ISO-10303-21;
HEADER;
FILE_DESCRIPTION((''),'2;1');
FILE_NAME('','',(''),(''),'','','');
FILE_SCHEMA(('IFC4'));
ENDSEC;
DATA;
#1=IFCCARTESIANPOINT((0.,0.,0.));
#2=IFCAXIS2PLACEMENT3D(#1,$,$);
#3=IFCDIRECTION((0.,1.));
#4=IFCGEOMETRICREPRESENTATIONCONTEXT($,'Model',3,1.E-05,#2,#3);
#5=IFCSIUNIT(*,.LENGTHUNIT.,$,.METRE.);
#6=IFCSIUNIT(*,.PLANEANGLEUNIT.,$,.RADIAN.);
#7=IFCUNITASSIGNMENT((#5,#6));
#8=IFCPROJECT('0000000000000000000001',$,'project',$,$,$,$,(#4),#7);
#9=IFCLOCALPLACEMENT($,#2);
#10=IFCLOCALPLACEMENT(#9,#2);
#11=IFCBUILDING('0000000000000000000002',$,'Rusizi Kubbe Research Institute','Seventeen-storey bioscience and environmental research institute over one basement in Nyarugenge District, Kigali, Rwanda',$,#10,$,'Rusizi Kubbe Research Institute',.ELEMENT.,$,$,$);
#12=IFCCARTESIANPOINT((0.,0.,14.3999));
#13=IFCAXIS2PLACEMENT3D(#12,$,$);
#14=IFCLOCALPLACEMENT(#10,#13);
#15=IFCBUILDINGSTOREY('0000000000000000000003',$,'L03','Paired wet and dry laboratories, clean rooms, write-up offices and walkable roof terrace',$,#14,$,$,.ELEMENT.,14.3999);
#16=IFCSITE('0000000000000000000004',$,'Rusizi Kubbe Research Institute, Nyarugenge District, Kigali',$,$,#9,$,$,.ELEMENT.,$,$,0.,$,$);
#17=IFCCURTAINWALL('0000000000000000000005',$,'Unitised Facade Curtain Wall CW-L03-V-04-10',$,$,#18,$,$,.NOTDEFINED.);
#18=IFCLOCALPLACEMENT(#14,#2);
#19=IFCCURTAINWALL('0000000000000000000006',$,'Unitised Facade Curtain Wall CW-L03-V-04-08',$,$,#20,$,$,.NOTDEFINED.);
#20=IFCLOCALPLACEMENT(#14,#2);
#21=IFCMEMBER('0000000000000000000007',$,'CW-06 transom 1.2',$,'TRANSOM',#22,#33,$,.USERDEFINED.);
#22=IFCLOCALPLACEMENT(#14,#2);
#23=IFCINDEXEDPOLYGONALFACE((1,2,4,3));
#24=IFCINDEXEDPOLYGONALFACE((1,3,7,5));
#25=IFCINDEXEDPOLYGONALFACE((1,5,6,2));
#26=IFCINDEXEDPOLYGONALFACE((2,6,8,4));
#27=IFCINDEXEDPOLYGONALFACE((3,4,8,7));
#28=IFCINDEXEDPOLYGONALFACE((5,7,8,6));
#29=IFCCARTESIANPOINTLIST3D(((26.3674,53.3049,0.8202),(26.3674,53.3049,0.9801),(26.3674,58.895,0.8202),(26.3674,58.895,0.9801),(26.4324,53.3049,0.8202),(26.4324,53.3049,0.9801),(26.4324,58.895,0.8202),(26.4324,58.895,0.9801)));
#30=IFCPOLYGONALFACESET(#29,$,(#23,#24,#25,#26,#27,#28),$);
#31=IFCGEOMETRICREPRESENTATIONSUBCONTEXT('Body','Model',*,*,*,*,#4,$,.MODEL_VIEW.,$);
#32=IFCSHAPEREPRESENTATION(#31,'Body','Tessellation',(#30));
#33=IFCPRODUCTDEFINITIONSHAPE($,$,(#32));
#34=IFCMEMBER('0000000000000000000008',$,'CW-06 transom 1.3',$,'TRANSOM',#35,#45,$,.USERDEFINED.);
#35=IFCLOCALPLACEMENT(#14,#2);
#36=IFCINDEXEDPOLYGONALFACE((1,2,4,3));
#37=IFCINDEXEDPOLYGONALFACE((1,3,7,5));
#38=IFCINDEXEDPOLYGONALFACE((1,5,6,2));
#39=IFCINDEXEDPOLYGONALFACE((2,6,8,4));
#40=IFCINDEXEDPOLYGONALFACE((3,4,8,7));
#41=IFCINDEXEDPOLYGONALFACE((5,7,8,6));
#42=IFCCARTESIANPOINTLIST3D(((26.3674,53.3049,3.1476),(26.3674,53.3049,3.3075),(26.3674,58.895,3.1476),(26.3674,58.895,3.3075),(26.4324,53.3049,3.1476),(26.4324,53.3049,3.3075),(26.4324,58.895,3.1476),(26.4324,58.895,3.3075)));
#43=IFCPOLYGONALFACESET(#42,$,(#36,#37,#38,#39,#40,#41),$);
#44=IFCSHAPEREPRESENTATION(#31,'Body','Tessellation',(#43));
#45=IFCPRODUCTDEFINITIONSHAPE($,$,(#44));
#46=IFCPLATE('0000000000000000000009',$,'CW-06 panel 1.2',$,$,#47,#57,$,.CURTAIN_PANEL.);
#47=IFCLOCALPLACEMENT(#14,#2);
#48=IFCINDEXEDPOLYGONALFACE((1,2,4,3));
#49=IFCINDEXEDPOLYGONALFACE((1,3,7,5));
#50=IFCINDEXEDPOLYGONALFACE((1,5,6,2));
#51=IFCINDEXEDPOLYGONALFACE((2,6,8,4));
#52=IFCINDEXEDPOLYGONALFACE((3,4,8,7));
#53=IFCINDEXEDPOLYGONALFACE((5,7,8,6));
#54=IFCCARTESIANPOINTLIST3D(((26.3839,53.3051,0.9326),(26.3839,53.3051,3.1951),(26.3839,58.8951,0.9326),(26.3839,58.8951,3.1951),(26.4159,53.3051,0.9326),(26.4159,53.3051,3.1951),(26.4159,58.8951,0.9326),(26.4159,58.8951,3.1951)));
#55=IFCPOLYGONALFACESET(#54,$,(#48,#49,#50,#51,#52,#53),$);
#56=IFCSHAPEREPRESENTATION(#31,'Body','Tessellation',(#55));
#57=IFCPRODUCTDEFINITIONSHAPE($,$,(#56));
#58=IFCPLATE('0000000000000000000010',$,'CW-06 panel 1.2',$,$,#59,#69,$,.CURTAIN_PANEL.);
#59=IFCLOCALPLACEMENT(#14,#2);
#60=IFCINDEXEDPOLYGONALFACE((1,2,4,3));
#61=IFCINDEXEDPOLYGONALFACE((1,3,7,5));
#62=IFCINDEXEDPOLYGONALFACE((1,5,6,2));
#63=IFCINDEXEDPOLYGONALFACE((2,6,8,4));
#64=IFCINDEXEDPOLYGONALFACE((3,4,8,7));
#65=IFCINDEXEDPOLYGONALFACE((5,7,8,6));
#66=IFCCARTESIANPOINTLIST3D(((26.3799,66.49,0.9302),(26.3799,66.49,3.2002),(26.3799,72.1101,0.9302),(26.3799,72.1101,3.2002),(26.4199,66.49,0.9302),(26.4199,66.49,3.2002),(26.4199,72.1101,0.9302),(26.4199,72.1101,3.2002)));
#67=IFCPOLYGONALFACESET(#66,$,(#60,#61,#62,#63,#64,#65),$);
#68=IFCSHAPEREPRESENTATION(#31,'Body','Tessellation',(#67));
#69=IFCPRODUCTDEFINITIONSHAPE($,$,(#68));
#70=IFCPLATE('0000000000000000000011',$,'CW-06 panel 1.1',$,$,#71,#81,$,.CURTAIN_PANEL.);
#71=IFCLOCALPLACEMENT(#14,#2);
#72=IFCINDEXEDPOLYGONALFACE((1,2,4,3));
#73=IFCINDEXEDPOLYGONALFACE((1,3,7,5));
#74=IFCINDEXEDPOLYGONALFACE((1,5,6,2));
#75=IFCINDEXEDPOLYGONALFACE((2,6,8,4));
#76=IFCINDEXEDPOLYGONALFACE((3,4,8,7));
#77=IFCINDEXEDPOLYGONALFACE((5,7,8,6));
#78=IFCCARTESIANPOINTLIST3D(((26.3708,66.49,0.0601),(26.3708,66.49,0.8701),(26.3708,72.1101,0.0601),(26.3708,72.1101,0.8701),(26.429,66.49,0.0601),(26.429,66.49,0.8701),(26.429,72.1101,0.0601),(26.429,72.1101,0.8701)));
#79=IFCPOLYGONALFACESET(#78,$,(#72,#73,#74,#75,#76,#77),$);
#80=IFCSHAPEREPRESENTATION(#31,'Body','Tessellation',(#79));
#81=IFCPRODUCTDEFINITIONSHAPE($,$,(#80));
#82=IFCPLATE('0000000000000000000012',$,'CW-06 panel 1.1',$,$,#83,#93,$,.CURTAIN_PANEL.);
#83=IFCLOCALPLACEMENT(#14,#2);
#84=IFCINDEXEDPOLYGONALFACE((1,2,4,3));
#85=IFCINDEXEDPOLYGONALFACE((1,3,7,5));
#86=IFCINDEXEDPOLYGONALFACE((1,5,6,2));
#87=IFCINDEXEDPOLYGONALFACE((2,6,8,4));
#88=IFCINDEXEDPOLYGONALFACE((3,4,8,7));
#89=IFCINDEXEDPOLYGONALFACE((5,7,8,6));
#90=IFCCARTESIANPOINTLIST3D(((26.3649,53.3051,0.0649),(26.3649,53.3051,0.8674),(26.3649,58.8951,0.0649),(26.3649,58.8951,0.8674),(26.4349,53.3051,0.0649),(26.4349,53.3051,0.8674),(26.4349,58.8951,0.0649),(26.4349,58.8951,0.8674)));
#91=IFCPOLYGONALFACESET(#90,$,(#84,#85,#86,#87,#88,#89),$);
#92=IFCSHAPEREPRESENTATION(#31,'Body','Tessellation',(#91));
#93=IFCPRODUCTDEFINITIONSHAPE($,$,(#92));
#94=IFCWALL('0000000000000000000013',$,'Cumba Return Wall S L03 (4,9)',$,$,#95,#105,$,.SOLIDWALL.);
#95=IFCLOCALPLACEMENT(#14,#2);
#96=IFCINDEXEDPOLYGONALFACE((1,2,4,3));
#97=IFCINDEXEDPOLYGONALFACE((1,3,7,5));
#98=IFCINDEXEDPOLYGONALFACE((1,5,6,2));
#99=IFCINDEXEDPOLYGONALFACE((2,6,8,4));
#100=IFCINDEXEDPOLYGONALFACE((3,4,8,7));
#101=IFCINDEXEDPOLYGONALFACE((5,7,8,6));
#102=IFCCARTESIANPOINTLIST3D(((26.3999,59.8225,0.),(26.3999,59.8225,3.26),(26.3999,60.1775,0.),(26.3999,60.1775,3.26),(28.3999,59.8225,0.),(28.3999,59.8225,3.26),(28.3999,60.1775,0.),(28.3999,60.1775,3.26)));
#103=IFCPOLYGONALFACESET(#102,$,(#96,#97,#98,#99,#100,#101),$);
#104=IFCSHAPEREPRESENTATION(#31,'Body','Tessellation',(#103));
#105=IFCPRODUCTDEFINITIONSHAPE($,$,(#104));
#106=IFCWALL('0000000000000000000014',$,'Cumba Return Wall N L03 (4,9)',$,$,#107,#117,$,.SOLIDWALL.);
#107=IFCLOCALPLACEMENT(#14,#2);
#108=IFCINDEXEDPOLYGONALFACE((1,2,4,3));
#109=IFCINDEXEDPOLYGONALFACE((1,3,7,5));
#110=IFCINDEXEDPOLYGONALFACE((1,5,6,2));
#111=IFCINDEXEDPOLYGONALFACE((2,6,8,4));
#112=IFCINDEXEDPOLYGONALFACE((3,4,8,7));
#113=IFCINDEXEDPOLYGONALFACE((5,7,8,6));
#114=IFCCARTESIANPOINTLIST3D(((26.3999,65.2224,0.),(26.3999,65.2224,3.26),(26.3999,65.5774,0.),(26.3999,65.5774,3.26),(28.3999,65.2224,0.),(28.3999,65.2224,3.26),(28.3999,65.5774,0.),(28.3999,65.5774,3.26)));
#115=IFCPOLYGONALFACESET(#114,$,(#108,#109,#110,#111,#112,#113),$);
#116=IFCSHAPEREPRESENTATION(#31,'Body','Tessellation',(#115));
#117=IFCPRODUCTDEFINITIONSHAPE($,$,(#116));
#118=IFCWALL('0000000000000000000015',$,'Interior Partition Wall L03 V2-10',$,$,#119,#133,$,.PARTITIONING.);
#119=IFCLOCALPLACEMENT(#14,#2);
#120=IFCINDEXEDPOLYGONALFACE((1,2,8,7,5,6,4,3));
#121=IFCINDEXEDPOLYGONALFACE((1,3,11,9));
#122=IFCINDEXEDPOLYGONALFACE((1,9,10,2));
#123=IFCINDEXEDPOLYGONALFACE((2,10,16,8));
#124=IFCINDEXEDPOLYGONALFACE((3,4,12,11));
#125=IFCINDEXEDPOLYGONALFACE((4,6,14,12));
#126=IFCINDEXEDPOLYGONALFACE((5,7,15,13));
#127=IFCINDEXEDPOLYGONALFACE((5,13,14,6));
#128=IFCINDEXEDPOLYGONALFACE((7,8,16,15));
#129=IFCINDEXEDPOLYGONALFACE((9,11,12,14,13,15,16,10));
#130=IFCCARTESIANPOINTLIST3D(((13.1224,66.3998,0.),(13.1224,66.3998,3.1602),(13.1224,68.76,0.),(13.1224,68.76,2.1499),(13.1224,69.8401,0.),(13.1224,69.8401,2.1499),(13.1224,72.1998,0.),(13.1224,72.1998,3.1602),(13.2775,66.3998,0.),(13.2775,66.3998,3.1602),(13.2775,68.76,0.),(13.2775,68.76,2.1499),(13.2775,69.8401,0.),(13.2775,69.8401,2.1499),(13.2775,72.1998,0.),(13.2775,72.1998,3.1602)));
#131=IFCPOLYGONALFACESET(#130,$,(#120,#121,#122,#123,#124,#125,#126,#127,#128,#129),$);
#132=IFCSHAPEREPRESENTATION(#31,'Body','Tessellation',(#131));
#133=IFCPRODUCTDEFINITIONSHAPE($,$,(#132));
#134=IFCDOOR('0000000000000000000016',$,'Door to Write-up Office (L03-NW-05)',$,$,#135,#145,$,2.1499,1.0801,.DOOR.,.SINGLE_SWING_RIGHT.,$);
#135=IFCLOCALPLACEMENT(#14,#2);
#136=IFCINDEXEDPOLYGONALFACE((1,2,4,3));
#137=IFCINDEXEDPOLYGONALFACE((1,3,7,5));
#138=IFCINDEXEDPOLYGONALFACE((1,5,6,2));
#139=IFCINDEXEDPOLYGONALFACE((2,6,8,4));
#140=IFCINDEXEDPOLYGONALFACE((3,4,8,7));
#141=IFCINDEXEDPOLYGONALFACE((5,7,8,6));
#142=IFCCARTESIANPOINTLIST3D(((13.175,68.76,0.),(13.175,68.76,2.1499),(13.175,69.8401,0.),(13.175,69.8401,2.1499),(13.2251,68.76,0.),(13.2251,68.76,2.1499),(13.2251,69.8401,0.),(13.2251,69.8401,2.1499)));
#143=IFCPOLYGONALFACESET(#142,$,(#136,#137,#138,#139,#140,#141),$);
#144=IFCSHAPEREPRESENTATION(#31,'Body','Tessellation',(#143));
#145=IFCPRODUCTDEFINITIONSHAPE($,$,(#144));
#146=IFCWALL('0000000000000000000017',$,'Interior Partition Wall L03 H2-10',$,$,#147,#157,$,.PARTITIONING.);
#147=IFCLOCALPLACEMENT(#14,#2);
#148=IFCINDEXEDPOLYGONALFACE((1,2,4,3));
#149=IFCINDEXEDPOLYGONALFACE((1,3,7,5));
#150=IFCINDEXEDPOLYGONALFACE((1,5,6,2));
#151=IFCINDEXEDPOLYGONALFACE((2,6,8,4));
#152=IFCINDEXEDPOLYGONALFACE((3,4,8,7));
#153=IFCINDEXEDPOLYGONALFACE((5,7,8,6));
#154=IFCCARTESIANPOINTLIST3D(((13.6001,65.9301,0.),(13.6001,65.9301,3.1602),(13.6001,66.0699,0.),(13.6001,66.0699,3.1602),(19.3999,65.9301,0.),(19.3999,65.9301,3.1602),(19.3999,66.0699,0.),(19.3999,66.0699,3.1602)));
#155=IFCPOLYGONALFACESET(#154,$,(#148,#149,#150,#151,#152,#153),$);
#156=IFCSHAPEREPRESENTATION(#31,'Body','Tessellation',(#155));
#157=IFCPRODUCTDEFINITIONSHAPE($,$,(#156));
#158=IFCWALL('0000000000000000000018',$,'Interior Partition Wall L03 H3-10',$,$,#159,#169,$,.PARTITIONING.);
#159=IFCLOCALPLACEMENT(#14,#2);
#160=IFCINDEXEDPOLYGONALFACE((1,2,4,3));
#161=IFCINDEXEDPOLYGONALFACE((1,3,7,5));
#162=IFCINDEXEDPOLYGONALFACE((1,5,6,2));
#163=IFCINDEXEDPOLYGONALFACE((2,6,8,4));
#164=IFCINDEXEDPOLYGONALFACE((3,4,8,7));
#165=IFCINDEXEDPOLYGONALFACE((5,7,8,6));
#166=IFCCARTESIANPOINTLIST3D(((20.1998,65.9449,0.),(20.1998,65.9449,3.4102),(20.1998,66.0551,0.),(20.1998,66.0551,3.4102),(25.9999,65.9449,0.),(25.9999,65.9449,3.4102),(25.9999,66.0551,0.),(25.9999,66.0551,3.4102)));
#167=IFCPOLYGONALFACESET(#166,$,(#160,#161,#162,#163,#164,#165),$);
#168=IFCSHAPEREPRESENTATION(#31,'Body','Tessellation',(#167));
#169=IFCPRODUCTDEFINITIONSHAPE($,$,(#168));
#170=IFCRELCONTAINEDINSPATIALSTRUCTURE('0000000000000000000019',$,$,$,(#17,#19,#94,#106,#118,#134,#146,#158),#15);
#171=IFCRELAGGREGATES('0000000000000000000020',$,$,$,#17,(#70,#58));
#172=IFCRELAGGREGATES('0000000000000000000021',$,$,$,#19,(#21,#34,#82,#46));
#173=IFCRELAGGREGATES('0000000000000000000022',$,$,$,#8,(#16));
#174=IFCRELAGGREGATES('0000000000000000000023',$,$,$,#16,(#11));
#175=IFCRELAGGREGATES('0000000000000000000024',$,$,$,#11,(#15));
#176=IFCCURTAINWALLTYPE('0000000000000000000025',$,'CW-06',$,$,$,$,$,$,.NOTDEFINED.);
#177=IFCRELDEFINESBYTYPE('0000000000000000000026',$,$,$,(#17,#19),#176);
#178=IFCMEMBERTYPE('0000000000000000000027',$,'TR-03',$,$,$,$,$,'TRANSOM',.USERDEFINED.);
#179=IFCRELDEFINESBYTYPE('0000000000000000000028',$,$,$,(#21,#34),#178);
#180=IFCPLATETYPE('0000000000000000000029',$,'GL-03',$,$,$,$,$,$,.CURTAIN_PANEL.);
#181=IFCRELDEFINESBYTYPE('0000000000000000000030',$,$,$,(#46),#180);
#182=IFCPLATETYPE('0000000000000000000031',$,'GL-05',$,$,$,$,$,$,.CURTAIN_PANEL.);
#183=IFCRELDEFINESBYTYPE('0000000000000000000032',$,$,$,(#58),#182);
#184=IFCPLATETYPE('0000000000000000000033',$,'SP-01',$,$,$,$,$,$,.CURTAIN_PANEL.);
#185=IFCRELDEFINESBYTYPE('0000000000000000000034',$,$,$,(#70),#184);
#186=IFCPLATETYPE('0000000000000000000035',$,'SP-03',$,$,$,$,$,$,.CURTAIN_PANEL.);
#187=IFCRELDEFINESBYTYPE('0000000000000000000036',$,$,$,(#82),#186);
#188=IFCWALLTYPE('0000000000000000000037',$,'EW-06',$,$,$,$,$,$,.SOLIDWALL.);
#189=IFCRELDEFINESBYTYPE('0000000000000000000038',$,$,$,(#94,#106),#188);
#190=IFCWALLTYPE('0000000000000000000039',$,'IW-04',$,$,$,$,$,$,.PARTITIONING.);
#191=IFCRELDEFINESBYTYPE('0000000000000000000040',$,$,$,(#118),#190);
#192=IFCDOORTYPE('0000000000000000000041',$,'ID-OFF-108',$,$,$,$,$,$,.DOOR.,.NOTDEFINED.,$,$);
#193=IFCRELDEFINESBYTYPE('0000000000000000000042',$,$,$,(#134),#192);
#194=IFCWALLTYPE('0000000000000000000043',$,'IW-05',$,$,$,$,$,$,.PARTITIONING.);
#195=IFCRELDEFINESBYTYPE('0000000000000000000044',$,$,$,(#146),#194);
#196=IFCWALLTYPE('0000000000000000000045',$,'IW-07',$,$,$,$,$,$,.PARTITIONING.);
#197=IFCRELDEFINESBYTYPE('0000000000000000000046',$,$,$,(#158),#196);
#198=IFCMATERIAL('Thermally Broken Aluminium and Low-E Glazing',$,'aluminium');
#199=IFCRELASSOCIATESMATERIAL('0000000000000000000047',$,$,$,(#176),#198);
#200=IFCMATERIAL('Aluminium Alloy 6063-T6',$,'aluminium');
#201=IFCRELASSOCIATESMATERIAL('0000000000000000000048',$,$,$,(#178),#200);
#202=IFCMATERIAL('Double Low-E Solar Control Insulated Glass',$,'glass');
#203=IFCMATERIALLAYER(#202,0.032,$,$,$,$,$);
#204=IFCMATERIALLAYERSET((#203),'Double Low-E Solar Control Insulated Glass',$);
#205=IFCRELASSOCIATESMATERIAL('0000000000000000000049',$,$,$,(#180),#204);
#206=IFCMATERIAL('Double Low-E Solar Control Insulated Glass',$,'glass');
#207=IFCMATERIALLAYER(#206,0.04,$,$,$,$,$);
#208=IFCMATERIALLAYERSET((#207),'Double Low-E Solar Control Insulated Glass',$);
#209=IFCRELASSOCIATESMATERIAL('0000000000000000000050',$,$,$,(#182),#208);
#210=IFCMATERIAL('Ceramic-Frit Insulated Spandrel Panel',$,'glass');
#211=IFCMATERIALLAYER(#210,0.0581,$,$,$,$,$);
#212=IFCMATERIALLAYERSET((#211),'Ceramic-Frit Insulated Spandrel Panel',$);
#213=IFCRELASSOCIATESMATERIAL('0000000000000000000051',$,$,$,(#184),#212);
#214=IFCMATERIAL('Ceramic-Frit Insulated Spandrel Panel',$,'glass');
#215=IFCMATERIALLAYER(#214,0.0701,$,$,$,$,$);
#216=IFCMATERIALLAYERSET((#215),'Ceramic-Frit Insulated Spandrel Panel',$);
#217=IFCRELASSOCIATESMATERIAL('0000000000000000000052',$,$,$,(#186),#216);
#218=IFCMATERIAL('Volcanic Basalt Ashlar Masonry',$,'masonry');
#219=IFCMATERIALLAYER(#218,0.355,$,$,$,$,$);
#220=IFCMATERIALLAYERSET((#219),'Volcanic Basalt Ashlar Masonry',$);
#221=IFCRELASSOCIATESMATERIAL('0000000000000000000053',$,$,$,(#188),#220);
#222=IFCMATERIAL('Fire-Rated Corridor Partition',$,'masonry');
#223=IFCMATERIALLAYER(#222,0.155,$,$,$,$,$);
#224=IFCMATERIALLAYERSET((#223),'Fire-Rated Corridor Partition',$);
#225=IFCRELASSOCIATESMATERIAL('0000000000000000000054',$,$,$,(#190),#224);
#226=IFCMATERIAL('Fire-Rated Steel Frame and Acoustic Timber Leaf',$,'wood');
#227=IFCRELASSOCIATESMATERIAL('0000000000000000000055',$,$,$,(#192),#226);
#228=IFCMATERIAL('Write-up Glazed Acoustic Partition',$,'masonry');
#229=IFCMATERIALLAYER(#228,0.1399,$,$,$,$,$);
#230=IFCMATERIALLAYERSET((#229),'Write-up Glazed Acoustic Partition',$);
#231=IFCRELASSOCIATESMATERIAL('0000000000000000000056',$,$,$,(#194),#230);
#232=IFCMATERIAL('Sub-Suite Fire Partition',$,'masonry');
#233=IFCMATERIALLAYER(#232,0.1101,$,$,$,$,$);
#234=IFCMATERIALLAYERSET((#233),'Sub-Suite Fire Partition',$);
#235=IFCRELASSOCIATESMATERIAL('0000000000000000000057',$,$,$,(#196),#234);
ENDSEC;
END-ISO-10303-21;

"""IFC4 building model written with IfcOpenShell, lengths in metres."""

from ifc_helpers import new_model, si_unit, direction, frame, frame_2d, origin, origin_2d, place, context, subcontext, project, spatial, rectangle, extrude, material, layer, layer_set, material_profile, profile_set, type_object, element, fill, aggregate, save


model = new_model("IFC4")

# Units and contexts
model_context = context("Model", 3, precision=1e-05, world=origin(), true_north=direction((0.0, 1.0)))
body_context = subcontext(model_context, "Body", "Model", "MODEL_VIEW")
ifc_project = project(units=[si_unit("LENGTHUNIT", "METRE"), si_unit("PLANEANGLEUNIT", "RADIAN")], contexts=[model_context])

# Site, building, storey
site_placement = place(None, origin())
site = spatial("IfcSite", under=ifc_project, at=site_placement, Name="Rusizi Kubbe Research Institute, Nyarugenge District, Kigali", CompositionType="ELEMENT", RefElevation=0.0)
building_placement = place(site_placement, origin())
building = spatial("IfcBuilding", under=site, at=building_placement, Name="Rusizi Kubbe Research Institute", Description="Seventeen-storey bioscience and environmental research institute over one basement in Nyarugenge District, Kigali, Rwanda", LongName="Rusizi Kubbe Research Institute", CompositionType="ELEMENT")
storey_placement = place(building_placement, frame((0.0, 0.0, 14.3999)))
storey = spatial("IfcBuildingStorey", under=building, at=storey_placement, Name="L03", Description="Paired wet and dry laboratories, clean rooms, write-up offices and walkable roof terrace", CompositionType="ELEMENT", Elevation=14.3999)

# Curtain wall
ifc_material_1 = material(Name="Thermally Broken Aluminium and Low-E Glazing", Category="aluminium")
curtain_wall_type = type_object("IfcCurtainWallType", Name="CW-06", PredefinedType="NOTDEFINED", material=ifc_material_1)
curtain_wall_1_placement = place(storey_placement, origin())
curtain_wall_1 = element("IfcCurtainWall", 1, at=curtain_wall_1_placement, inside=storey, type_object=curtain_wall_type, Name="Unitised Facade Curtain Wall CW-L03-V-04-10", PredefinedType="NOTDEFINED")

# Curtain wall
curtain_wall_2_placement = place(storey_placement, origin())
curtain_wall_2 = element("IfcCurtainWall", 2, at=curtain_wall_2_placement, inside=storey, type_object=curtain_wall_type, Name="Unitised Facade Curtain Wall CW-L03-V-04-08", PredefinedType="NOTDEFINED")

# Members
ifc_material_2 = material(Name="Aluminium Alloy 6063-T6", Category="aluminium")
ifc_material_profile_1 = material_profile(ifc_material_2, rectangle(XDim=0.0649, YDim=0.1599, at=origin_2d()), Name="ALU-T 65x160")
ifc_profile_set_1 = profile_set([ifc_material_profile_1], Name="Aluminium Alloy 6063-T6")
member_type_1 = type_object("IfcMemberType", Name="TR-03", ElementType="TRANSOM", PredefinedType="USERDEFINED", material=ifc_profile_set_1)
member_1_placement = place(storey_placement, frame((26.3999, 53.3049, 0.9001), z_axis=(0.0, 1.0, 0.0), x_axis=(-1.0, 0.0, 0.0)))
member_1 = element("IfcMember", 3, at=member_1_placement, type_object=member_type_1, Name="CW-06 transom 1.2", ObjectType="TRANSOM", PredefinedType="USERDEFINED", context=body_context, shape_type="SweptSolid", body=[
    extrude(rectangle(XDim=0.0649, YDim=0.1599, at=origin_2d()), origin(), (0.0, 0.0, 1.0), 5.5901),
])
member_2_placement = place(storey_placement, frame((26.3999, 53.3049, 3.2275), z_axis=(0.0, 1.0, 0.0), x_axis=(-1.0, 0.0, 0.0)))
member_2 = element("IfcMember", 4, at=member_2_placement, type_object=member_type_1, Name="CW-06 transom 1.3", ObjectType="TRANSOM", PredefinedType="USERDEFINED", context=body_context, shape_type="SweptSolid", body=[
    extrude(rectangle(XDim=0.0649, YDim=0.1599, at=origin_2d()), origin(), (0.0, 0.0, 1.0), 5.5901),
])

# Plates
ifc_material_3 = material(Name="Double Low-E Solar Control Insulated Glass", Category="glass")
ifc_layer_1 = layer(ifc_material_3, 0.032)
ifc_layer_set_1 = layer_set([ifc_layer_1], Name="Double Low-E Solar Control Insulated Glass")
plate_type_1 = type_object("IfcPlateType", Name="GL-03", PredefinedType="CURTAIN_PANEL", material=ifc_layer_set_1)
plate_1_placement = place(storey_placement, frame((26.3999, 56.1001, 0.9326), z_axis=(0.0, 0.0, 1.0), x_axis=(0.0, 1.0, 0.0)))
plate_1 = element("IfcPlate", 5, at=plate_1_placement, type_object=plate_type_1, Name="CW-06 panel 1.2", PredefinedType="CURTAIN_PANEL", context=body_context, shape_type="SweptSolid", body=[
    extrude(rectangle(XDim=5.5901, YDim=0.032, at=origin_2d()), origin(), (0.0, 0.0, 1.0), 2.2625),
])
ifc_material_4 = material(Name="Double Low-E Solar Control Insulated Glass", Category="glass")
ifc_layer_2 = layer(ifc_material_4, 0.04)
ifc_layer_set_2 = layer_set([ifc_layer_2], Name="Double Low-E Solar Control Insulated Glass")
plate_type_2 = type_object("IfcPlateType", Name="GL-05", PredefinedType="CURTAIN_PANEL", material=ifc_layer_set_2)
plate_2_placement = place(storey_placement, frame((26.3999, 69.3, 0.9302), z_axis=(0.0, 0.0, 1.0), x_axis=(0.0, 1.0, 0.0)))
plate_2 = element("IfcPlate", 6, at=plate_2_placement, type_object=plate_type_2, Name="CW-06 panel 1.2", PredefinedType="CURTAIN_PANEL", context=body_context, shape_type="SweptSolid", body=[
    extrude(rectangle(XDim=5.6201, YDim=0.04, at=origin_2d()), origin(), (0.0, 0.0, 1.0), 2.27),
])
ifc_material_5 = material(Name="Ceramic-Frit Insulated Spandrel Panel", Category="glass")
ifc_layer_3 = layer(ifc_material_5, 0.0581)
ifc_layer_set_3 = layer_set([ifc_layer_3], Name="Ceramic-Frit Insulated Spandrel Panel")
plate_type_3 = type_object("IfcPlateType", Name="SP-01", PredefinedType="CURTAIN_PANEL", material=ifc_layer_set_3)
plate_3_placement = place(storey_placement, frame((26.3999, 69.3, 0.0601), z_axis=(0.0, 0.0, 1.0), x_axis=(0.0, 1.0, 0.0)))
plate_3 = element("IfcPlate", 7, at=plate_3_placement, type_object=plate_type_3, Name="CW-06 panel 1.1", PredefinedType="CURTAIN_PANEL", context=body_context, shape_type="SweptSolid", body=[
    extrude(rectangle(XDim=5.6201, YDim=0.0581, at=origin_2d()), origin(), (0.0, 0.0, 1.0), 0.8101),
])
aggregate(curtain_wall_1, [plate_3, plate_2])
ifc_material_6 = material(Name="Ceramic-Frit Insulated Spandrel Panel", Category="glass")
ifc_layer_4 = layer(ifc_material_6, 0.0701)
ifc_layer_set_4 = layer_set([ifc_layer_4], Name="Ceramic-Frit Insulated Spandrel Panel")
plate_type_4 = type_object("IfcPlateType", Name="SP-03", PredefinedType="CURTAIN_PANEL", material=ifc_layer_set_4)
plate_4_placement = place(storey_placement, frame((26.3999, 56.1001, 0.0649), z_axis=(0.0, 0.0, 1.0), x_axis=(0.0, 1.0, 0.0)))
plate_4 = element("IfcPlate", 8, at=plate_4_placement, type_object=plate_type_4, Name="CW-06 panel 1.1", PredefinedType="CURTAIN_PANEL", context=body_context, shape_type="SweptSolid", body=[
    extrude(rectangle(XDim=5.5901, YDim=0.0701, at=origin_2d()), origin(), (0.0, 0.0, 1.0), 0.8025),
])
aggregate(curtain_wall_2, [member_1, member_2, plate_4, plate_1])

# Walls
ifc_material_7 = material(Name="Volcanic Basalt Ashlar Masonry", Category="masonry")
ifc_layer_5 = layer(ifc_material_7, 0.355)
ifc_layer_set_5 = layer_set([ifc_layer_5], Name="Volcanic Basalt Ashlar Masonry")
wall_type_1 = type_object("IfcWallType", Name="EW-06", PredefinedType="SOLIDWALL", material=ifc_layer_set_5)
for number, where, z_axis, x_axis, name in (
    (9, (26.3999, 60.0, 0.0), (0.0, 0.0, 1.0), (1.0, 0.0, 0.0), "Cumba Return Wall S L03 (4,9)"),
    (10, (26.3999, 65.3999, 0.0), (0.0, 0.0, 1.0), (1.0, 0.0, 0.0), "Cumba Return Wall N L03 (4,9)"),
):
    element("IfcWall", number, at=place(storey_placement, frame(where, z_axis=z_axis, x_axis=x_axis)), inside=storey, type_object=wall_type_1, Name=name, PredefinedType="SOLIDWALL", context=body_context, shape_type="SweptSolid", body=[
        extrude(rectangle(XDim=2.0, YDim=0.355, at=frame_2d((1.0, 0.0))), origin(), (0.0, 0.0, 1.0), 3.26),
    ])

# Wall, opening, door
ifc_material_8 = material(Name="Fire-Rated Corridor Partition", Category="masonry")
ifc_layer_6 = layer(ifc_material_8, 0.155)
ifc_layer_set_6 = layer_set([ifc_layer_6], Name="Fire-Rated Corridor Partition")
wall_type_2 = type_object("IfcWallType", Name="IW-04", PredefinedType="PARTITIONING", material=ifc_layer_set_6)
wall_1_placement = place(storey_placement, frame((13.2, 66.3999, 0.0), z_axis=(0.0, 0.0, 1.0), x_axis=(0.0, 1.0, 0.0)))
wall_1 = element("IfcWall", 11, at=wall_1_placement, inside=storey, type_object=wall_type_2, Name="Interior Partition Wall L03 V2-10", PredefinedType="PARTITIONING", context=body_context, shape_type="SweptSolid", body=[
    extrude(rectangle(XDim=5.8, YDim=0.155, at=frame_2d((2.8999, 0.0))), origin(), (0.0, 0.0, 1.0), 3.1602),
])
opening_placement = place(wall_1_placement, frame((2.3601, 0.0, 0.0)))
opening = element("IfcOpeningElement", 12, at=opening_placement, cuts=wall_1, PredefinedType="OPENING", context=body_context, shape_type="SweptSolid", body=[
    extrude(rectangle(XDim=1.0801, YDim=2.1499, at=frame_2d((0.54, 1.075))), frame((0.0, 0.0874, 0.0), z_axis=(0.0, -1.0, 0.0), x_axis=(1.0, 0.0, 0.0)), (0.0, 0.0, 1.0), 0.175),
])
ifc_material_9 = material(Name="Fire-Rated Steel Frame and Acoustic Timber Leaf", Category="wood")
door_type = type_object("IfcDoorType", Name="ID-OFF-108", OperationType="NOTDEFINED", PredefinedType="DOOR", material=ifc_material_9)
door_placement = place(opening_placement, origin())
door = element("IfcDoor", 13, at=door_placement, inside=storey, type_object=door_type, Name="Door to Write-up Office (L03-NW-05)", OperationType="SINGLE_SWING_RIGHT", OverallHeight=2.1499, OverallWidth=1.0801, PredefinedType="DOOR", context=body_context, shape_type="SweptSolid", body=[
    extrude(rectangle(XDim=1.0801, YDim=2.1499, at=frame_2d((0.54, 1.075))), frame((0.0, 0.0249, 0.0), z_axis=(0.0, -1.0, 0.0), x_axis=(1.0, 0.0, 0.0)), (0.0, 0.0, 1.0), 0.05),
])
fill(opening, door)

# Walls
ifc_material_10 = material(Name="Write-up Glazed Acoustic Partition", Category="masonry")
ifc_layer_7 = layer(ifc_material_10, 0.1399)
ifc_layer_set_7 = layer_set([ifc_layer_7], Name="Write-up Glazed Acoustic Partition")
wall_type_3 = type_object("IfcWallType", Name="IW-05", PredefinedType="PARTITIONING", material=ifc_layer_set_7)
wall_2_placement = place(storey_placement, frame((13.6001, 66.0, 0.0), z_axis=(0.0, 0.0, 1.0), x_axis=(1.0, 0.0, 0.0)))
element("IfcWall", 14, at=wall_2_placement, inside=storey, type_object=wall_type_3, Name="Interior Partition Wall L03 H2-10", PredefinedType="PARTITIONING", context=body_context, shape_type="SweptSolid", body=[
    extrude(rectangle(XDim=5.7998, YDim=0.1399, at=frame_2d((2.8999, 0.0))), origin(), (0.0, 0.0, 1.0), 3.1602),
])
ifc_material_11 = material(Name="Sub-Suite Fire Partition", Category="masonry")
ifc_layer_8 = layer(ifc_material_11, 0.1101)
ifc_layer_set_8 = layer_set([ifc_layer_8], Name="Sub-Suite Fire Partition")
wall_type_4 = type_object("IfcWallType", Name="IW-07", PredefinedType="PARTITIONING", material=ifc_layer_set_8)
wall_3_placement = place(storey_placement, frame((20.2, 66.0, 0.0), z_axis=(0.0, 0.0, 1.0), x_axis=(1.0, 0.0, 0.0)))
element("IfcWall", 15, at=wall_3_placement, inside=storey, type_object=wall_type_4, Name="Interior Partition Wall L03 H3-10", PredefinedType="PARTITIONING", context=body_context, shape_type="SweptSolid", body=[
    extrude(rectangle(XDim=5.8, YDim=0.1101, at=frame_2d((2.8999, 0.0))), origin(), (0.0, 0.0, 1.0), 3.4102),
])

save(model, "model.ifc")
